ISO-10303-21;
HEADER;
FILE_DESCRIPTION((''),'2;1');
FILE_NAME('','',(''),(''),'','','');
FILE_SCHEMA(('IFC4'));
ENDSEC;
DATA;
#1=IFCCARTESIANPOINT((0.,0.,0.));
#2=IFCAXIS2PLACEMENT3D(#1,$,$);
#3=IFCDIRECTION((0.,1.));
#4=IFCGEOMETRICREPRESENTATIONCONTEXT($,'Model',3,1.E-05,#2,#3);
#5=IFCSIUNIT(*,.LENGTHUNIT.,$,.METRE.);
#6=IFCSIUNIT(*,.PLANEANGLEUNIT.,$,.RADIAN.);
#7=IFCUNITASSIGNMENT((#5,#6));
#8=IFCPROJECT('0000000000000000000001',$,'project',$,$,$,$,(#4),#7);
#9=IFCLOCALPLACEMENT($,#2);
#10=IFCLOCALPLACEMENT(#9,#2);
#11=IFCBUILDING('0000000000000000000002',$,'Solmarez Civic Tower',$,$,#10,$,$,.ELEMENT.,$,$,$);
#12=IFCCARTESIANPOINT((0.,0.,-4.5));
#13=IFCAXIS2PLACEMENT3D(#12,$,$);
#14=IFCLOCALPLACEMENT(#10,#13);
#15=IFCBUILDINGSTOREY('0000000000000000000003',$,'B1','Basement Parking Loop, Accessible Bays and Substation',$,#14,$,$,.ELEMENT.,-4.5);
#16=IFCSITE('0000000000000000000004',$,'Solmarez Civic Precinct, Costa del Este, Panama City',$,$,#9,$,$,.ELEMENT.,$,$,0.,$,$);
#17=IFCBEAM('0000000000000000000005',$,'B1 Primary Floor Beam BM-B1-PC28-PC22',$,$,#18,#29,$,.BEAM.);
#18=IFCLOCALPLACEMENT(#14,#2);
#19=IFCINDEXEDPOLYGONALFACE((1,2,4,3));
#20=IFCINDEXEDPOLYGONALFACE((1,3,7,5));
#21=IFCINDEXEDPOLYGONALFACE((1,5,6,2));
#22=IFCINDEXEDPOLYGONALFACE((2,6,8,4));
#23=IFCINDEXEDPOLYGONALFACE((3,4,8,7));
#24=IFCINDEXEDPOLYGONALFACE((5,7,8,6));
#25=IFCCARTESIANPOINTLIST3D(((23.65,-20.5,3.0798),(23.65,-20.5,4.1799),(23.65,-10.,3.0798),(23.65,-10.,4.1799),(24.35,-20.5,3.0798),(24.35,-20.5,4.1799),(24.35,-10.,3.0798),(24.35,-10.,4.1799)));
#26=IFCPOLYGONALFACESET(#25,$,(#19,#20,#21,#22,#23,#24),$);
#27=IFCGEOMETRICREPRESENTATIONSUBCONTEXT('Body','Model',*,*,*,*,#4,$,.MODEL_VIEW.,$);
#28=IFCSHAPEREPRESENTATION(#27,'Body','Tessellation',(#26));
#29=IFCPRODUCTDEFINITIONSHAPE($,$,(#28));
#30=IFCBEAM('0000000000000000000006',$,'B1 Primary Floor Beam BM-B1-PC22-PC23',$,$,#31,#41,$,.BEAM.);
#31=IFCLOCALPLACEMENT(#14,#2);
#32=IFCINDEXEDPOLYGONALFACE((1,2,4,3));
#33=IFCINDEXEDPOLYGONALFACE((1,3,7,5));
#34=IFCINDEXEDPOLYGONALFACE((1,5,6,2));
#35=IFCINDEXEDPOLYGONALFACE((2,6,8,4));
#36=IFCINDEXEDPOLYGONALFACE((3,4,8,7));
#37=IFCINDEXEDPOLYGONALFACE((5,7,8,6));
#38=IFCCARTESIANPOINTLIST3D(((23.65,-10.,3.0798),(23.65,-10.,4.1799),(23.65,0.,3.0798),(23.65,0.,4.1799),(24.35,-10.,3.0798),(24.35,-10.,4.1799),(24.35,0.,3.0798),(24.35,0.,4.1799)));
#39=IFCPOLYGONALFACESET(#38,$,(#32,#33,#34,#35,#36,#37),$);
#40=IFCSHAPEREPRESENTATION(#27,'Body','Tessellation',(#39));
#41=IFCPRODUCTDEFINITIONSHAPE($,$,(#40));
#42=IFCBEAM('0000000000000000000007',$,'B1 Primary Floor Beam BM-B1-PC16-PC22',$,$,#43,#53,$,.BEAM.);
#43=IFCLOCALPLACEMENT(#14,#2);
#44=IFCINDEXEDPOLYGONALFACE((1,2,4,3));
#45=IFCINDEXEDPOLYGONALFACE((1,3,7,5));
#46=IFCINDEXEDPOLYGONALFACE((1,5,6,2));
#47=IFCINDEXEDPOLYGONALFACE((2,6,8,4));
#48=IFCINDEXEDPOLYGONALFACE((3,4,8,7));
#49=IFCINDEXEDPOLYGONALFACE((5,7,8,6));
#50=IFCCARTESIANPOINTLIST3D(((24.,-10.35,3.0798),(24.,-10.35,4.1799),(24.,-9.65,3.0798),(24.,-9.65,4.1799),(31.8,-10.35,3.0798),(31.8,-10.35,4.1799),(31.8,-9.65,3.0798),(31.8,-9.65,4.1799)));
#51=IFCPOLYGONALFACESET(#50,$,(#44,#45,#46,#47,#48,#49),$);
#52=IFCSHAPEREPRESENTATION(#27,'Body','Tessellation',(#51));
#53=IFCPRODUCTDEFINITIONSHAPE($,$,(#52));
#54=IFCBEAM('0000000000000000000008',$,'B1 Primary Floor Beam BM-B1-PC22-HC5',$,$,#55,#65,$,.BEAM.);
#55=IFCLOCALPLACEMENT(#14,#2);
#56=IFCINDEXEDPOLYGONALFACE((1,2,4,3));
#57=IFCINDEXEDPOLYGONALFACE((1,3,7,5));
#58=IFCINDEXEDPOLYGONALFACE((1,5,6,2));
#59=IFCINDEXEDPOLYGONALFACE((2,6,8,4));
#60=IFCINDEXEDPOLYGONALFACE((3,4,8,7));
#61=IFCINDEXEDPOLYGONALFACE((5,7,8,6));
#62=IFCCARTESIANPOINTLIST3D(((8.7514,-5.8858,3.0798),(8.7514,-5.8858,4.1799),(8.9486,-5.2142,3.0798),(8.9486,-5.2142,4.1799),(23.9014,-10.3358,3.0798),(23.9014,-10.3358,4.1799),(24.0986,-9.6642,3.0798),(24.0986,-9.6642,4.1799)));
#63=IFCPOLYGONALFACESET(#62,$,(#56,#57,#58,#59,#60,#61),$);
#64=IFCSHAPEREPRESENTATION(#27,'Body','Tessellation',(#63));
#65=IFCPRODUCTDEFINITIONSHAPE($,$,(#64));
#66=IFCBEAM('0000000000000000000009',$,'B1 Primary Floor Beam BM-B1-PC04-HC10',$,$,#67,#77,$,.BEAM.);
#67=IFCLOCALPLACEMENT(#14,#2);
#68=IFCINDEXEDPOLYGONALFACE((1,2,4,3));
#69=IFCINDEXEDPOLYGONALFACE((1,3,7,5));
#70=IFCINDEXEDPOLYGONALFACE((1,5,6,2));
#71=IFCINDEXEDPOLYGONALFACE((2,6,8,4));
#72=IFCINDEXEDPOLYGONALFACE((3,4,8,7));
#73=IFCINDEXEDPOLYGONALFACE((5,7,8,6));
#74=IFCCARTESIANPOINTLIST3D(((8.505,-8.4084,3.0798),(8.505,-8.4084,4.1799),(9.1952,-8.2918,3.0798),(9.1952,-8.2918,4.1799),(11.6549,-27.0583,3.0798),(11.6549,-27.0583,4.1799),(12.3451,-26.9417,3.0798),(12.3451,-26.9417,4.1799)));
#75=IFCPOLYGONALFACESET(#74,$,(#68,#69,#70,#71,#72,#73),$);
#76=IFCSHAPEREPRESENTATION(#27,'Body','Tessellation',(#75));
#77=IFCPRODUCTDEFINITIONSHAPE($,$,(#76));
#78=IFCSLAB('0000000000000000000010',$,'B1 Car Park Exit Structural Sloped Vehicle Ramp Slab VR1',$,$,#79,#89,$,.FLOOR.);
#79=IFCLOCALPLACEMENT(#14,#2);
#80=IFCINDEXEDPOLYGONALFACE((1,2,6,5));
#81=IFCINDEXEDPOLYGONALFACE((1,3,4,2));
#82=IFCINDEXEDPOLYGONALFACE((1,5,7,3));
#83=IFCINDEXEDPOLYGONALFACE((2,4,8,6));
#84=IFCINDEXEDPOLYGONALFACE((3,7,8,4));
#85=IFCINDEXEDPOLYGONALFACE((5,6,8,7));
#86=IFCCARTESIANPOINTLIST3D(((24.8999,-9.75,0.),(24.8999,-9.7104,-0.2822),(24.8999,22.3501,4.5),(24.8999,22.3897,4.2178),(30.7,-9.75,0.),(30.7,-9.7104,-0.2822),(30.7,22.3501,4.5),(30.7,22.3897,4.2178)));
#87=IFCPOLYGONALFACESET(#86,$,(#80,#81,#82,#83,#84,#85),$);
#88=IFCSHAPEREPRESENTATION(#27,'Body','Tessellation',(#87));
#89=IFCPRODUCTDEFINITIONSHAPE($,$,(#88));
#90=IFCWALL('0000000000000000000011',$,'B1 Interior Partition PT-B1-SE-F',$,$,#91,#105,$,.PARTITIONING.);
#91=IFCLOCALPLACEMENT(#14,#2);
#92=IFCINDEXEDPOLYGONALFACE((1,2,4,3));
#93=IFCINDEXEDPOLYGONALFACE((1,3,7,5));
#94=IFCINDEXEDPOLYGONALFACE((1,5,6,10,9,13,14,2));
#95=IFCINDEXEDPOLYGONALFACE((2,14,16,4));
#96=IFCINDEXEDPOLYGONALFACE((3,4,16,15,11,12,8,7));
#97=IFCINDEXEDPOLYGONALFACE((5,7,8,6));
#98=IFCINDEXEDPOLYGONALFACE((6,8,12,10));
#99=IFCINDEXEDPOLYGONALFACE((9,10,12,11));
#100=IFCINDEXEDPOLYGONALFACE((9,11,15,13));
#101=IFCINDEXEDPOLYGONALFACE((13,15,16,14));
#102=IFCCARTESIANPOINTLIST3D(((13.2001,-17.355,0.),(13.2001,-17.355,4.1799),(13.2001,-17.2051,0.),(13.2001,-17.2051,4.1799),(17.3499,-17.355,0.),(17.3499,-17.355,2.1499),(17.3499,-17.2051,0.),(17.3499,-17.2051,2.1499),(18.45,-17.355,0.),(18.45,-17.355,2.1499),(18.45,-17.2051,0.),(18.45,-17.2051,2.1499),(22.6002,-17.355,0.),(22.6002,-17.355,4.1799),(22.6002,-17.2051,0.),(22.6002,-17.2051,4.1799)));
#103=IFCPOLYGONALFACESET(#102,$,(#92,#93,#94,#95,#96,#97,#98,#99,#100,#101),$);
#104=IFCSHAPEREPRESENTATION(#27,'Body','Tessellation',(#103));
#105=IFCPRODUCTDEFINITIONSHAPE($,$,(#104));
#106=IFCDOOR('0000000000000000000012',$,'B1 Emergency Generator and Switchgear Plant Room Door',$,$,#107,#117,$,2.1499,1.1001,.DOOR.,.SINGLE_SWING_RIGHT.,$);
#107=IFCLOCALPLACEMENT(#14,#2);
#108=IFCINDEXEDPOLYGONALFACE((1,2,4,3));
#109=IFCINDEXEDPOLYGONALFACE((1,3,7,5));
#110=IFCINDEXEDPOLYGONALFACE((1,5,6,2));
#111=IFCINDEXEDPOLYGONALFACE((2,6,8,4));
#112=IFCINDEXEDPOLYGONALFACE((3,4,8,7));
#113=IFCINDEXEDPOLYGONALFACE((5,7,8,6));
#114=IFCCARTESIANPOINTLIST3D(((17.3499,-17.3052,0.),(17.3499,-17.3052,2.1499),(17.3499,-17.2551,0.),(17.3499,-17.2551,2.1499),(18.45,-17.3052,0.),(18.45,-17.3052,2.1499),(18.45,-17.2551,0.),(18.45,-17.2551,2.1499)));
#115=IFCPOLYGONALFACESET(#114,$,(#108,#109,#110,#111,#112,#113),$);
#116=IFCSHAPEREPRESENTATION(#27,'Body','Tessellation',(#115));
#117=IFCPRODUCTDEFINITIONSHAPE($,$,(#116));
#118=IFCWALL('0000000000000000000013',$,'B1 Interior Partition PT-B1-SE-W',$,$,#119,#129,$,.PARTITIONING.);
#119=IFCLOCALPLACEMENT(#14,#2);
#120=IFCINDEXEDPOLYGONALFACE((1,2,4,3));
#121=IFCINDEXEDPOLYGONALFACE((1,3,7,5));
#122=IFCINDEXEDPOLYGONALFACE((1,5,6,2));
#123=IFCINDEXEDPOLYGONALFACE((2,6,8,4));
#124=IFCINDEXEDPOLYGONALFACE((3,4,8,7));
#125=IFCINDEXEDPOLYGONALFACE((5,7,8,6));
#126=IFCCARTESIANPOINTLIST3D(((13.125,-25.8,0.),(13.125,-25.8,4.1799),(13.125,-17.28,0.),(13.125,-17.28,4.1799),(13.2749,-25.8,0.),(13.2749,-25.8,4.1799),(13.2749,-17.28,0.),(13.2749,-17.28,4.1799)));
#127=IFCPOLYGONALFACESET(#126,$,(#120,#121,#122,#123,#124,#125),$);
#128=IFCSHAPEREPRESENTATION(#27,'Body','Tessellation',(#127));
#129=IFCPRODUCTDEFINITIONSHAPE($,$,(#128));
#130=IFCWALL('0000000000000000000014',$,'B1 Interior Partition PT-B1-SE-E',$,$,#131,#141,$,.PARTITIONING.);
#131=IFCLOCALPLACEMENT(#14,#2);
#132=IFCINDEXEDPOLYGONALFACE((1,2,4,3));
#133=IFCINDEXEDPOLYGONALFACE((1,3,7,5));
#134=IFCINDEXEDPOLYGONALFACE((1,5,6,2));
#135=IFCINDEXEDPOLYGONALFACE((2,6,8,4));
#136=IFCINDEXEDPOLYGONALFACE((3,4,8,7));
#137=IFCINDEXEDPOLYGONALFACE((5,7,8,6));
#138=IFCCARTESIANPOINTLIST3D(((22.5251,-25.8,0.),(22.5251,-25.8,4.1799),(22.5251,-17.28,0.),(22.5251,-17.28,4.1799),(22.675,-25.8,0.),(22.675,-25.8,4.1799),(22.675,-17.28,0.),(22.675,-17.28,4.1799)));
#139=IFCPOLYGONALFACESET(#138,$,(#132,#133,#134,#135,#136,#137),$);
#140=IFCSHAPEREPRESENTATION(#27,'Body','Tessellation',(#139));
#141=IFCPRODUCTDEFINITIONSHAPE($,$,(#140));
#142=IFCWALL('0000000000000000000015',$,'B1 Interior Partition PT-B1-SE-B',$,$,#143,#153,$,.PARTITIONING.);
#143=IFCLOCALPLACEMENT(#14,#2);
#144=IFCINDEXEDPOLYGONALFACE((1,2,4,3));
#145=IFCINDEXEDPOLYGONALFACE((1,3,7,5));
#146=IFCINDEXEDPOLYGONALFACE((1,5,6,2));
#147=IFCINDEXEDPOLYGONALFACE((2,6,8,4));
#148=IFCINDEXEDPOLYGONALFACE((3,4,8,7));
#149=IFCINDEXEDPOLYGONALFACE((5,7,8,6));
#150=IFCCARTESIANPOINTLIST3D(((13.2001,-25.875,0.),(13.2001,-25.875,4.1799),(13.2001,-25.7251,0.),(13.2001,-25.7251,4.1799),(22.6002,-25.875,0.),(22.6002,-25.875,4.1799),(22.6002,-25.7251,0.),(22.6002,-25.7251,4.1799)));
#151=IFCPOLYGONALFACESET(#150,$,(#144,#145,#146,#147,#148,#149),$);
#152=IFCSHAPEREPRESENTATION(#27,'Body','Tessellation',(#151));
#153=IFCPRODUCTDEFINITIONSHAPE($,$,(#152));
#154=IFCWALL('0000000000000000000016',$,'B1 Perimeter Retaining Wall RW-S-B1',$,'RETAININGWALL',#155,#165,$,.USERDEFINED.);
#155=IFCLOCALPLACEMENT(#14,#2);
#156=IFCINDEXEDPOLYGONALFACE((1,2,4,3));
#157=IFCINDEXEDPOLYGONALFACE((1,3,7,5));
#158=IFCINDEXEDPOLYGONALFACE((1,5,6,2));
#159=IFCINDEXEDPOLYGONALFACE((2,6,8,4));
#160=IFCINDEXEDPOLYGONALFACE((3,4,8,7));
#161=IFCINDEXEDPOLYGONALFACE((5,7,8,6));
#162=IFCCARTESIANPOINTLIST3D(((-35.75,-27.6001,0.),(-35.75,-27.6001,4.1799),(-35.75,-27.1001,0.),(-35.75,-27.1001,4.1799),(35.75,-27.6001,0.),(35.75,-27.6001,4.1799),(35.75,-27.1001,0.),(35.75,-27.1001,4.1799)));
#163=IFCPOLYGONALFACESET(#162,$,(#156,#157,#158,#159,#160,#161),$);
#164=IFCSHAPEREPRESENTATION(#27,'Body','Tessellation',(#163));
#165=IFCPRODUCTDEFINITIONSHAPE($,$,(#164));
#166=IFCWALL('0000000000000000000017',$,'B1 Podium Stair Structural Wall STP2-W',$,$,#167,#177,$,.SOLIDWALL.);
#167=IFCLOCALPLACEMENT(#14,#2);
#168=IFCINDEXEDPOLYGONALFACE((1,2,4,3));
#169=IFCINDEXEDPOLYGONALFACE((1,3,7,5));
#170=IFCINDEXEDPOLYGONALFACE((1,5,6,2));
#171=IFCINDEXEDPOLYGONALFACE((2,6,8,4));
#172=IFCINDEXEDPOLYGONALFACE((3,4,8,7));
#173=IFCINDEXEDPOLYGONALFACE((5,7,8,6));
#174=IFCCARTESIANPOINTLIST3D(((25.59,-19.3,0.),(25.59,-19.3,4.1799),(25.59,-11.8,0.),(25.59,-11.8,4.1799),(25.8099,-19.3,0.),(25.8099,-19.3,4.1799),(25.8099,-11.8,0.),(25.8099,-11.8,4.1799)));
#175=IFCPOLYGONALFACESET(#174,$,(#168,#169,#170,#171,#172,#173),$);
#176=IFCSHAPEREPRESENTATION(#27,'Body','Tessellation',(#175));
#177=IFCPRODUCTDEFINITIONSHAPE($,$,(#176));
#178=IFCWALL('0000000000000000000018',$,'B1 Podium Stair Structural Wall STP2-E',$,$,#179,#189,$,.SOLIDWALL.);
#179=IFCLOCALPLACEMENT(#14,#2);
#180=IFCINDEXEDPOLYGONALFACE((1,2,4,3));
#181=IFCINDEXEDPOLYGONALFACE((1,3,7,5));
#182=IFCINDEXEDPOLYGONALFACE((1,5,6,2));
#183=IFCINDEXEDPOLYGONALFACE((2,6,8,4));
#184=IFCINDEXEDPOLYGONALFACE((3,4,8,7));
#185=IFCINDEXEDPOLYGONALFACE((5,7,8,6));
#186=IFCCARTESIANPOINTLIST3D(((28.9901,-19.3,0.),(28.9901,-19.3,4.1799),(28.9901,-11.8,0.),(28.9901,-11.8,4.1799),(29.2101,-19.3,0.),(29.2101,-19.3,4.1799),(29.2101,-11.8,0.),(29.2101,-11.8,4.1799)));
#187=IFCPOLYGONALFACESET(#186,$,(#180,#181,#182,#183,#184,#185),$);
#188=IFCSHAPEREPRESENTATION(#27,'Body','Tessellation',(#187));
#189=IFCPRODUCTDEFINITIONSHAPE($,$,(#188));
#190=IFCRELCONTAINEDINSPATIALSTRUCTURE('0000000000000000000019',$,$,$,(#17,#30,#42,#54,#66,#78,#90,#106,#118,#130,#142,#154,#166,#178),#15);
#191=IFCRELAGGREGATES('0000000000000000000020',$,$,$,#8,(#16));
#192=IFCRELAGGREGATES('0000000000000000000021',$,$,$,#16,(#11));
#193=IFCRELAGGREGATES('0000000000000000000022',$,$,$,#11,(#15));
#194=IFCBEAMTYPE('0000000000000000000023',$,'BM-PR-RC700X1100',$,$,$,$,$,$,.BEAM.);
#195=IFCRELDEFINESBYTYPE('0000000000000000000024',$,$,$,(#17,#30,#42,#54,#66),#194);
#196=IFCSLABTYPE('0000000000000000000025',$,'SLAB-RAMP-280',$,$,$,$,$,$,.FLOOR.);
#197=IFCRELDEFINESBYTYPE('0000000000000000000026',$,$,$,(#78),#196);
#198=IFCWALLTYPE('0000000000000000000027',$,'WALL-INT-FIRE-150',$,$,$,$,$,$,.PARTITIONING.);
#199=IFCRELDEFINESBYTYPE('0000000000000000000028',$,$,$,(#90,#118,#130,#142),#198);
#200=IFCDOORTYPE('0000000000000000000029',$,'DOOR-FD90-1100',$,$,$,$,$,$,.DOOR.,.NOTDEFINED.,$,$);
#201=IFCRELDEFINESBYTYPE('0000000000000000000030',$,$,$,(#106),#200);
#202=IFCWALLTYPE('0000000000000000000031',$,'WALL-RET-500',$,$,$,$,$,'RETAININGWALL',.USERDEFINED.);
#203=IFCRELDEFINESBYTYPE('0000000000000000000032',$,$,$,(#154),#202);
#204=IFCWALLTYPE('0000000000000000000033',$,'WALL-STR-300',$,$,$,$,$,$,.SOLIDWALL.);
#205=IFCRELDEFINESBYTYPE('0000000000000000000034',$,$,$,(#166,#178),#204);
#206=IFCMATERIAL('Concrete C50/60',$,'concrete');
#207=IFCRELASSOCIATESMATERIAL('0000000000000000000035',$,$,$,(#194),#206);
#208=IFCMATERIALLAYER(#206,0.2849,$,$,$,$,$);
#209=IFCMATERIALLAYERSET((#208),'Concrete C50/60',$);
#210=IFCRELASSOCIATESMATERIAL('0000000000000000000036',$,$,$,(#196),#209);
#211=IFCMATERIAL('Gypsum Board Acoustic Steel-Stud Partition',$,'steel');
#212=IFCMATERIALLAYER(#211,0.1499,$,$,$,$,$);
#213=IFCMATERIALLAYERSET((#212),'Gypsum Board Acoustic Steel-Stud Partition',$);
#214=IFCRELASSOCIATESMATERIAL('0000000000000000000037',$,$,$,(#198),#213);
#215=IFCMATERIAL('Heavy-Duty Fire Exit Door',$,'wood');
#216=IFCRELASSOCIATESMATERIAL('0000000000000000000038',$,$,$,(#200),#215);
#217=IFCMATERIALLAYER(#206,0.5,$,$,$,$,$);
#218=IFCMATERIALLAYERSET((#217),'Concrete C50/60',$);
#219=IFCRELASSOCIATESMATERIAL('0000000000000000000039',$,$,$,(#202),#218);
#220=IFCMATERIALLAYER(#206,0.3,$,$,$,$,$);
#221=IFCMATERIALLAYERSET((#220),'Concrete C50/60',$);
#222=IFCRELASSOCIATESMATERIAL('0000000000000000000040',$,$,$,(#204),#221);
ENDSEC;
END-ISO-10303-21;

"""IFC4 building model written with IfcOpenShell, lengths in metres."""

from ifc_helpers import new_model, si_unit, direction, frame, frame_2d, origin, origin_2d, place, context, subcontext, project, spatial, polyline, rectangle, outline, extrude, material, layer, layer_set, material_profile, profile_set, type_object, element, fill, save


model = new_model("IFC4")

# Units and contexts
model_context = context("Model", 3, precision=1e-05, world=origin(), true_north=direction((0.0, 1.0)))
body_context = subcontext(model_context, "Body", "Model", "MODEL_VIEW")
ifc_project = project(units=[si_unit("LENGTHUNIT", "METRE"), si_unit("PLANEANGLEUNIT", "RADIAN")], contexts=[model_context])

# Site, building, storey
site_placement = place(None, origin())
site = spatial("IfcSite", under=ifc_project, at=site_placement, Name="Solmarez Civic Precinct, Costa del Este, Panama City", CompositionType="ELEMENT", RefElevation=0.0)
building_placement = place(site_placement, origin())
building = spatial("IfcBuilding", under=site, at=building_placement, Name="Solmarez Civic Tower", CompositionType="ELEMENT")
storey_placement = place(building_placement, frame((0.0, 0.0, -4.5)))
storey = spatial("IfcBuildingStorey", under=building, at=storey_placement, Name="B1", Description="Basement Parking Loop, Accessible Bays and Substation", CompositionType="ELEMENT", Elevation=-4.5)

# Shared definitions
ifc_material_1 = material(Name="Concrete C50/60", Category="concrete")

# Beams
ifc_material_profile_1 = material_profile(ifc_material_1, rectangle(XDim=0.7, YDim=1.1001, at=origin_2d()), Name="RC700X1100")
ifc_profile_set_1 = profile_set([ifc_material_profile_1], Name="Concrete C50/60")
beam_type_1 = type_object("IfcBeamType", Name="BM-PR-RC700X1100", PredefinedType="BEAM", material=ifc_profile_set_1)
beam_1_placement = place(storey_placement, frame((24.0, -20.5, 3.6299), z_axis=(0.0, 1.0, 0.0), x_axis=(-1.0, 0.0, 0.0)))
element("IfcBeam", 1, at=beam_1_placement, inside=storey, type_object=beam_type_1, Name="B1 Primary Floor Beam BM-B1-PC28-PC22", PredefinedType="BEAM", context=body_context, shape_type="SweptSolid", body=[
    extrude(rectangle(XDim=0.7, YDim=1.1001, at=origin_2d()), origin(), (0.0, 0.0, 1.0), 10.5),
])
beam_2_placement = place(storey_placement, frame((24.0, -10.0, 3.6299), z_axis=(0.0, 1.0, 0.0), x_axis=(-1.0, 0.0, 0.0)))
element("IfcBeam", 2, at=beam_2_placement, inside=storey, type_object=beam_type_1, Name="B1 Primary Floor Beam BM-B1-PC22-PC23", PredefinedType="BEAM", context=body_context, shape_type="SweptSolid", body=[
    extrude(rectangle(XDim=0.7, YDim=1.1001, at=origin_2d()), origin(), (0.0, 0.0, 1.0), 10.0),
])
beam_3_placement = place(storey_placement, frame((31.8, -10.0, 3.6299), z_axis=(-1.0, 0.0, 0.0), x_axis=(0.0, -1.0, 0.0)))
element("IfcBeam", 3, at=beam_3_placement, inside=storey, type_object=beam_type_1, Name="B1 Primary Floor Beam BM-B1-PC16-PC22", PredefinedType="BEAM", context=body_context, shape_type="SweptSolid", body=[
    extrude(rectangle(XDim=0.7, YDim=1.1001, at=origin_2d()), origin(), (0.0, 0.0, 1.0), 7.8),
])
beam_4_placement = place(storey_placement, frame((24.0, -10.0, 3.6299), z_axis=(-0.959467, 0.281822, 0.0), x_axis=(-0.281822, -0.959467, 0.0)))
element("IfcBeam", 4, at=beam_4_placement, inside=storey, type_object=beam_type_1, Name="B1 Primary Floor Beam BM-B1-PC22-HC5", PredefinedType="BEAM", context=body_context, shape_type="SweptSolid", body=[
    extrude(rectangle(XDim=0.7, YDim=1.1001, at=origin_2d()), origin(), (0.0, 0.0, 1.0), 15.79),
])
beam_5_placement = place(storey_placement, frame((12.0, -27.0, 3.6299), z_axis=(-0.166538, 0.986035, 0.0), x_axis=(-0.986035, -0.166538, 0.0)))
element("IfcBeam", 5, at=beam_5_placement, inside=storey, type_object=beam_type_1, Name="B1 Primary Floor Beam BM-B1-PC04-HC10", PredefinedType="BEAM", context=body_context, shape_type="SweptSolid", body=[
    extrude(rectangle(XDim=0.7, YDim=1.1001, at=origin_2d()), origin(), (0.0, 0.0, 1.0), 18.9141),
])

# Slab
ifc_layer_1 = layer(ifc_material_1, 0.2849)
ifc_layer_set_1 = layer_set([ifc_layer_1], Name="Concrete C50/60")
slab_type = type_object("IfcSlabType", Name="SLAB-RAMP-280", PredefinedType="FLOOR", material=ifc_layer_set_1)
slab_placement = place(storey_placement, frame((24.8999, -9.75, 0.0), z_axis=(0.0, -0.138829, 0.990316), x_axis=(1.0, 0.0, 0.0)))
element("IfcSlab", 6, at=slab_placement, inside=storey, type_object=slab_type, Name="B1 Car Park Exit Structural Sloped Vehicle Ramp Slab VR1", PredefinedType="FLOOR", context=body_context, shape_type="SweptSolid", body=[
    extrude(outline(polyline([(0.0, 0.0), (5.8, 0.0), (5.8, 32.414), (0.0, 32.414), (0.0, 0.0)])), origin(), (0.0, 0.0, -1.0), 0.2849),
])

# Wall, opening, door
ifc_material_2 = material(Name="Gypsum Board Acoustic Steel-Stud Partition", Category="steel")
ifc_layer_2 = layer(ifc_material_2, 0.1499)
ifc_layer_set_2 = layer_set([ifc_layer_2], Name="Gypsum Board Acoustic Steel-Stud Partition")
wall_type_1 = type_object("IfcWallType", Name="WALL-INT-FIRE-150", PredefinedType="PARTITIONING", material=ifc_layer_set_2)
wall_1_placement = place(storey_placement, frame((13.2, -17.28, 0.0), z_axis=(0.0, 0.0, 1.0), x_axis=(1.0, 0.0, 0.0)))
wall_1 = element("IfcWall", 7, at=wall_1_placement, inside=storey, type_object=wall_type_1, Name="B1 Interior Partition PT-B1-SE-F", PredefinedType="PARTITIONING", context=body_context, shape_type="SweptSolid", body=[
    extrude(rectangle(XDim=9.4001, YDim=0.1499, at=frame_2d((4.7002, 0.0))), origin(), (0.0, 0.0, 1.0), 4.1799),
])
opening_placement = place(wall_1_placement, frame((4.1499, 0.0, 0.0)))
opening = element("IfcOpeningElement", 8, at=opening_placement, cuts=wall_1, PredefinedType="OPENING", context=body_context, shape_type="SweptSolid", body=[
    extrude(rectangle(XDim=1.1001, YDim=2.1499, at=frame_2d((0.55, 1.075))), frame((0.0, 0.085, 0.0), z_axis=(0.0, -1.0, 0.0), x_axis=(1.0, 0.0, 0.0)), (0.0, 0.0, 1.0), 0.1699),
])
ifc_material_3 = material(Name="Heavy-Duty Fire Exit Door", Category="wood")
door_type = type_object("IfcDoorType", Name="DOOR-FD90-1100", OperationType="NOTDEFINED", PredefinedType="DOOR", material=ifc_material_3)
door_placement = place(opening_placement, origin())
door = element("IfcDoor", 9, at=door_placement, inside=storey, type_object=door_type, Name="B1 Emergency Generator and Switchgear Plant Room Door", OperationType="SINGLE_SWING_RIGHT", OverallHeight=2.1499, OverallWidth=1.1001, PredefinedType="DOOR", context=body_context, shape_type="SweptSolid", body=[
    extrude(rectangle(XDim=1.1001, YDim=2.1499, at=frame_2d((0.55, 1.075))), frame((0.0, 0.0249, 0.0), z_axis=(0.0, -1.0, 0.0), x_axis=(1.0, 0.0, 0.0)), (0.0, 0.0, 1.0), 0.05),
])
fill(opening, door)

# Walls
for number, where, z_axis, x_axis, name in (
    (10, (13.2, -25.8, 0.0), (0.0, 0.0, 1.0), (0.0, 1.0, 0.0), "B1 Interior Partition PT-B1-SE-W"),
    (11, (22.6001, -25.8, 0.0), (0.0, 0.0, 1.0), (0.0, 1.0, 0.0), "B1 Interior Partition PT-B1-SE-E"),
):
    element("IfcWall", number, at=place(storey_placement, frame(where, z_axis=z_axis, x_axis=x_axis)), inside=storey, type_object=wall_type_1, Name=name, PredefinedType="PARTITIONING", context=body_context, shape_type="SweptSolid", body=[
        extrude(rectangle(XDim=8.52, YDim=0.1499, at=frame_2d((4.26, 0.0))), origin(), (0.0, 0.0, 1.0), 4.1799),
    ])
wall_2_placement = place(storey_placement, frame((13.2, -25.8, 0.0), z_axis=(0.0, 0.0, 1.0), x_axis=(1.0, 0.0, 0.0)))
element("IfcWall", 12, at=wall_2_placement, inside=storey, type_object=wall_type_1, Name="B1 Interior Partition PT-B1-SE-B", PredefinedType="PARTITIONING", context=body_context, shape_type="SweptSolid", body=[
    extrude(rectangle(XDim=9.4001, YDim=0.1499, at=frame_2d((4.7002, 0.0))), origin(), (0.0, 0.0, 1.0), 4.1799),
])
ifc_layer_3 = layer(ifc_material_1, 0.5)
ifc_layer_set_3 = layer_set([ifc_layer_3], Name="Concrete C50/60")
wall_type_2 = type_object("IfcWallType", Name="WALL-RET-500", ElementType="RETAININGWALL", PredefinedType="USERDEFINED", material=ifc_layer_set_3)
wall_3_placement = place(storey_placement, frame((35.75, -27.3501, 0.0), z_axis=(0.0, 0.0, 1.0), x_axis=(-1.0, 0.0, 0.0)))
element("IfcWall", 13, at=wall_3_placement, inside=storey, type_object=wall_type_2, Name="B1 Perimeter Retaining Wall RW-S-B1", ObjectType="RETAININGWALL", PredefinedType="USERDEFINED", context=body_context, shape_type="SweptSolid", body=[
    extrude(rectangle(XDim=71.5, YDim=0.5, at=frame_2d((35.75, 0.0))), origin(), (0.0, 0.0, 1.0), 4.1799),
])
ifc_layer_4 = layer(ifc_material_1, 0.3)
ifc_layer_set_4 = layer_set([ifc_layer_4], Name="Concrete C50/60")
wall_type_3 = type_object("IfcWallType", Name="WALL-STR-300", PredefinedType="SOLIDWALL", material=ifc_layer_set_4)
for number, where, z_axis, x_axis, name in (
    (14, (25.7, -19.3, 0.0), (0.0, 0.0, 1.0), (0.0, 1.0, 0.0), "B1 Podium Stair Structural Wall STP2-W"),
    (15, (29.1001, -19.3, 0.0), (0.0, 0.0, 1.0), (0.0, 1.0, 0.0), "B1 Podium Stair Structural Wall STP2-E"),
):
    element("IfcWall", number, at=place(storey_placement, frame(where, z_axis=z_axis, x_axis=x_axis)), inside=storey, type_object=wall_type_3, Name=name, PredefinedType="SOLIDWALL", context=body_context, shape_type="SweptSolid", body=[
        extrude(rectangle(XDim=7.5, YDim=0.22, at=frame_2d((3.75, 0.0))), origin(), (0.0, 0.0, 1.0), 4.1799),
    ])

save(model, "model.ifc")
